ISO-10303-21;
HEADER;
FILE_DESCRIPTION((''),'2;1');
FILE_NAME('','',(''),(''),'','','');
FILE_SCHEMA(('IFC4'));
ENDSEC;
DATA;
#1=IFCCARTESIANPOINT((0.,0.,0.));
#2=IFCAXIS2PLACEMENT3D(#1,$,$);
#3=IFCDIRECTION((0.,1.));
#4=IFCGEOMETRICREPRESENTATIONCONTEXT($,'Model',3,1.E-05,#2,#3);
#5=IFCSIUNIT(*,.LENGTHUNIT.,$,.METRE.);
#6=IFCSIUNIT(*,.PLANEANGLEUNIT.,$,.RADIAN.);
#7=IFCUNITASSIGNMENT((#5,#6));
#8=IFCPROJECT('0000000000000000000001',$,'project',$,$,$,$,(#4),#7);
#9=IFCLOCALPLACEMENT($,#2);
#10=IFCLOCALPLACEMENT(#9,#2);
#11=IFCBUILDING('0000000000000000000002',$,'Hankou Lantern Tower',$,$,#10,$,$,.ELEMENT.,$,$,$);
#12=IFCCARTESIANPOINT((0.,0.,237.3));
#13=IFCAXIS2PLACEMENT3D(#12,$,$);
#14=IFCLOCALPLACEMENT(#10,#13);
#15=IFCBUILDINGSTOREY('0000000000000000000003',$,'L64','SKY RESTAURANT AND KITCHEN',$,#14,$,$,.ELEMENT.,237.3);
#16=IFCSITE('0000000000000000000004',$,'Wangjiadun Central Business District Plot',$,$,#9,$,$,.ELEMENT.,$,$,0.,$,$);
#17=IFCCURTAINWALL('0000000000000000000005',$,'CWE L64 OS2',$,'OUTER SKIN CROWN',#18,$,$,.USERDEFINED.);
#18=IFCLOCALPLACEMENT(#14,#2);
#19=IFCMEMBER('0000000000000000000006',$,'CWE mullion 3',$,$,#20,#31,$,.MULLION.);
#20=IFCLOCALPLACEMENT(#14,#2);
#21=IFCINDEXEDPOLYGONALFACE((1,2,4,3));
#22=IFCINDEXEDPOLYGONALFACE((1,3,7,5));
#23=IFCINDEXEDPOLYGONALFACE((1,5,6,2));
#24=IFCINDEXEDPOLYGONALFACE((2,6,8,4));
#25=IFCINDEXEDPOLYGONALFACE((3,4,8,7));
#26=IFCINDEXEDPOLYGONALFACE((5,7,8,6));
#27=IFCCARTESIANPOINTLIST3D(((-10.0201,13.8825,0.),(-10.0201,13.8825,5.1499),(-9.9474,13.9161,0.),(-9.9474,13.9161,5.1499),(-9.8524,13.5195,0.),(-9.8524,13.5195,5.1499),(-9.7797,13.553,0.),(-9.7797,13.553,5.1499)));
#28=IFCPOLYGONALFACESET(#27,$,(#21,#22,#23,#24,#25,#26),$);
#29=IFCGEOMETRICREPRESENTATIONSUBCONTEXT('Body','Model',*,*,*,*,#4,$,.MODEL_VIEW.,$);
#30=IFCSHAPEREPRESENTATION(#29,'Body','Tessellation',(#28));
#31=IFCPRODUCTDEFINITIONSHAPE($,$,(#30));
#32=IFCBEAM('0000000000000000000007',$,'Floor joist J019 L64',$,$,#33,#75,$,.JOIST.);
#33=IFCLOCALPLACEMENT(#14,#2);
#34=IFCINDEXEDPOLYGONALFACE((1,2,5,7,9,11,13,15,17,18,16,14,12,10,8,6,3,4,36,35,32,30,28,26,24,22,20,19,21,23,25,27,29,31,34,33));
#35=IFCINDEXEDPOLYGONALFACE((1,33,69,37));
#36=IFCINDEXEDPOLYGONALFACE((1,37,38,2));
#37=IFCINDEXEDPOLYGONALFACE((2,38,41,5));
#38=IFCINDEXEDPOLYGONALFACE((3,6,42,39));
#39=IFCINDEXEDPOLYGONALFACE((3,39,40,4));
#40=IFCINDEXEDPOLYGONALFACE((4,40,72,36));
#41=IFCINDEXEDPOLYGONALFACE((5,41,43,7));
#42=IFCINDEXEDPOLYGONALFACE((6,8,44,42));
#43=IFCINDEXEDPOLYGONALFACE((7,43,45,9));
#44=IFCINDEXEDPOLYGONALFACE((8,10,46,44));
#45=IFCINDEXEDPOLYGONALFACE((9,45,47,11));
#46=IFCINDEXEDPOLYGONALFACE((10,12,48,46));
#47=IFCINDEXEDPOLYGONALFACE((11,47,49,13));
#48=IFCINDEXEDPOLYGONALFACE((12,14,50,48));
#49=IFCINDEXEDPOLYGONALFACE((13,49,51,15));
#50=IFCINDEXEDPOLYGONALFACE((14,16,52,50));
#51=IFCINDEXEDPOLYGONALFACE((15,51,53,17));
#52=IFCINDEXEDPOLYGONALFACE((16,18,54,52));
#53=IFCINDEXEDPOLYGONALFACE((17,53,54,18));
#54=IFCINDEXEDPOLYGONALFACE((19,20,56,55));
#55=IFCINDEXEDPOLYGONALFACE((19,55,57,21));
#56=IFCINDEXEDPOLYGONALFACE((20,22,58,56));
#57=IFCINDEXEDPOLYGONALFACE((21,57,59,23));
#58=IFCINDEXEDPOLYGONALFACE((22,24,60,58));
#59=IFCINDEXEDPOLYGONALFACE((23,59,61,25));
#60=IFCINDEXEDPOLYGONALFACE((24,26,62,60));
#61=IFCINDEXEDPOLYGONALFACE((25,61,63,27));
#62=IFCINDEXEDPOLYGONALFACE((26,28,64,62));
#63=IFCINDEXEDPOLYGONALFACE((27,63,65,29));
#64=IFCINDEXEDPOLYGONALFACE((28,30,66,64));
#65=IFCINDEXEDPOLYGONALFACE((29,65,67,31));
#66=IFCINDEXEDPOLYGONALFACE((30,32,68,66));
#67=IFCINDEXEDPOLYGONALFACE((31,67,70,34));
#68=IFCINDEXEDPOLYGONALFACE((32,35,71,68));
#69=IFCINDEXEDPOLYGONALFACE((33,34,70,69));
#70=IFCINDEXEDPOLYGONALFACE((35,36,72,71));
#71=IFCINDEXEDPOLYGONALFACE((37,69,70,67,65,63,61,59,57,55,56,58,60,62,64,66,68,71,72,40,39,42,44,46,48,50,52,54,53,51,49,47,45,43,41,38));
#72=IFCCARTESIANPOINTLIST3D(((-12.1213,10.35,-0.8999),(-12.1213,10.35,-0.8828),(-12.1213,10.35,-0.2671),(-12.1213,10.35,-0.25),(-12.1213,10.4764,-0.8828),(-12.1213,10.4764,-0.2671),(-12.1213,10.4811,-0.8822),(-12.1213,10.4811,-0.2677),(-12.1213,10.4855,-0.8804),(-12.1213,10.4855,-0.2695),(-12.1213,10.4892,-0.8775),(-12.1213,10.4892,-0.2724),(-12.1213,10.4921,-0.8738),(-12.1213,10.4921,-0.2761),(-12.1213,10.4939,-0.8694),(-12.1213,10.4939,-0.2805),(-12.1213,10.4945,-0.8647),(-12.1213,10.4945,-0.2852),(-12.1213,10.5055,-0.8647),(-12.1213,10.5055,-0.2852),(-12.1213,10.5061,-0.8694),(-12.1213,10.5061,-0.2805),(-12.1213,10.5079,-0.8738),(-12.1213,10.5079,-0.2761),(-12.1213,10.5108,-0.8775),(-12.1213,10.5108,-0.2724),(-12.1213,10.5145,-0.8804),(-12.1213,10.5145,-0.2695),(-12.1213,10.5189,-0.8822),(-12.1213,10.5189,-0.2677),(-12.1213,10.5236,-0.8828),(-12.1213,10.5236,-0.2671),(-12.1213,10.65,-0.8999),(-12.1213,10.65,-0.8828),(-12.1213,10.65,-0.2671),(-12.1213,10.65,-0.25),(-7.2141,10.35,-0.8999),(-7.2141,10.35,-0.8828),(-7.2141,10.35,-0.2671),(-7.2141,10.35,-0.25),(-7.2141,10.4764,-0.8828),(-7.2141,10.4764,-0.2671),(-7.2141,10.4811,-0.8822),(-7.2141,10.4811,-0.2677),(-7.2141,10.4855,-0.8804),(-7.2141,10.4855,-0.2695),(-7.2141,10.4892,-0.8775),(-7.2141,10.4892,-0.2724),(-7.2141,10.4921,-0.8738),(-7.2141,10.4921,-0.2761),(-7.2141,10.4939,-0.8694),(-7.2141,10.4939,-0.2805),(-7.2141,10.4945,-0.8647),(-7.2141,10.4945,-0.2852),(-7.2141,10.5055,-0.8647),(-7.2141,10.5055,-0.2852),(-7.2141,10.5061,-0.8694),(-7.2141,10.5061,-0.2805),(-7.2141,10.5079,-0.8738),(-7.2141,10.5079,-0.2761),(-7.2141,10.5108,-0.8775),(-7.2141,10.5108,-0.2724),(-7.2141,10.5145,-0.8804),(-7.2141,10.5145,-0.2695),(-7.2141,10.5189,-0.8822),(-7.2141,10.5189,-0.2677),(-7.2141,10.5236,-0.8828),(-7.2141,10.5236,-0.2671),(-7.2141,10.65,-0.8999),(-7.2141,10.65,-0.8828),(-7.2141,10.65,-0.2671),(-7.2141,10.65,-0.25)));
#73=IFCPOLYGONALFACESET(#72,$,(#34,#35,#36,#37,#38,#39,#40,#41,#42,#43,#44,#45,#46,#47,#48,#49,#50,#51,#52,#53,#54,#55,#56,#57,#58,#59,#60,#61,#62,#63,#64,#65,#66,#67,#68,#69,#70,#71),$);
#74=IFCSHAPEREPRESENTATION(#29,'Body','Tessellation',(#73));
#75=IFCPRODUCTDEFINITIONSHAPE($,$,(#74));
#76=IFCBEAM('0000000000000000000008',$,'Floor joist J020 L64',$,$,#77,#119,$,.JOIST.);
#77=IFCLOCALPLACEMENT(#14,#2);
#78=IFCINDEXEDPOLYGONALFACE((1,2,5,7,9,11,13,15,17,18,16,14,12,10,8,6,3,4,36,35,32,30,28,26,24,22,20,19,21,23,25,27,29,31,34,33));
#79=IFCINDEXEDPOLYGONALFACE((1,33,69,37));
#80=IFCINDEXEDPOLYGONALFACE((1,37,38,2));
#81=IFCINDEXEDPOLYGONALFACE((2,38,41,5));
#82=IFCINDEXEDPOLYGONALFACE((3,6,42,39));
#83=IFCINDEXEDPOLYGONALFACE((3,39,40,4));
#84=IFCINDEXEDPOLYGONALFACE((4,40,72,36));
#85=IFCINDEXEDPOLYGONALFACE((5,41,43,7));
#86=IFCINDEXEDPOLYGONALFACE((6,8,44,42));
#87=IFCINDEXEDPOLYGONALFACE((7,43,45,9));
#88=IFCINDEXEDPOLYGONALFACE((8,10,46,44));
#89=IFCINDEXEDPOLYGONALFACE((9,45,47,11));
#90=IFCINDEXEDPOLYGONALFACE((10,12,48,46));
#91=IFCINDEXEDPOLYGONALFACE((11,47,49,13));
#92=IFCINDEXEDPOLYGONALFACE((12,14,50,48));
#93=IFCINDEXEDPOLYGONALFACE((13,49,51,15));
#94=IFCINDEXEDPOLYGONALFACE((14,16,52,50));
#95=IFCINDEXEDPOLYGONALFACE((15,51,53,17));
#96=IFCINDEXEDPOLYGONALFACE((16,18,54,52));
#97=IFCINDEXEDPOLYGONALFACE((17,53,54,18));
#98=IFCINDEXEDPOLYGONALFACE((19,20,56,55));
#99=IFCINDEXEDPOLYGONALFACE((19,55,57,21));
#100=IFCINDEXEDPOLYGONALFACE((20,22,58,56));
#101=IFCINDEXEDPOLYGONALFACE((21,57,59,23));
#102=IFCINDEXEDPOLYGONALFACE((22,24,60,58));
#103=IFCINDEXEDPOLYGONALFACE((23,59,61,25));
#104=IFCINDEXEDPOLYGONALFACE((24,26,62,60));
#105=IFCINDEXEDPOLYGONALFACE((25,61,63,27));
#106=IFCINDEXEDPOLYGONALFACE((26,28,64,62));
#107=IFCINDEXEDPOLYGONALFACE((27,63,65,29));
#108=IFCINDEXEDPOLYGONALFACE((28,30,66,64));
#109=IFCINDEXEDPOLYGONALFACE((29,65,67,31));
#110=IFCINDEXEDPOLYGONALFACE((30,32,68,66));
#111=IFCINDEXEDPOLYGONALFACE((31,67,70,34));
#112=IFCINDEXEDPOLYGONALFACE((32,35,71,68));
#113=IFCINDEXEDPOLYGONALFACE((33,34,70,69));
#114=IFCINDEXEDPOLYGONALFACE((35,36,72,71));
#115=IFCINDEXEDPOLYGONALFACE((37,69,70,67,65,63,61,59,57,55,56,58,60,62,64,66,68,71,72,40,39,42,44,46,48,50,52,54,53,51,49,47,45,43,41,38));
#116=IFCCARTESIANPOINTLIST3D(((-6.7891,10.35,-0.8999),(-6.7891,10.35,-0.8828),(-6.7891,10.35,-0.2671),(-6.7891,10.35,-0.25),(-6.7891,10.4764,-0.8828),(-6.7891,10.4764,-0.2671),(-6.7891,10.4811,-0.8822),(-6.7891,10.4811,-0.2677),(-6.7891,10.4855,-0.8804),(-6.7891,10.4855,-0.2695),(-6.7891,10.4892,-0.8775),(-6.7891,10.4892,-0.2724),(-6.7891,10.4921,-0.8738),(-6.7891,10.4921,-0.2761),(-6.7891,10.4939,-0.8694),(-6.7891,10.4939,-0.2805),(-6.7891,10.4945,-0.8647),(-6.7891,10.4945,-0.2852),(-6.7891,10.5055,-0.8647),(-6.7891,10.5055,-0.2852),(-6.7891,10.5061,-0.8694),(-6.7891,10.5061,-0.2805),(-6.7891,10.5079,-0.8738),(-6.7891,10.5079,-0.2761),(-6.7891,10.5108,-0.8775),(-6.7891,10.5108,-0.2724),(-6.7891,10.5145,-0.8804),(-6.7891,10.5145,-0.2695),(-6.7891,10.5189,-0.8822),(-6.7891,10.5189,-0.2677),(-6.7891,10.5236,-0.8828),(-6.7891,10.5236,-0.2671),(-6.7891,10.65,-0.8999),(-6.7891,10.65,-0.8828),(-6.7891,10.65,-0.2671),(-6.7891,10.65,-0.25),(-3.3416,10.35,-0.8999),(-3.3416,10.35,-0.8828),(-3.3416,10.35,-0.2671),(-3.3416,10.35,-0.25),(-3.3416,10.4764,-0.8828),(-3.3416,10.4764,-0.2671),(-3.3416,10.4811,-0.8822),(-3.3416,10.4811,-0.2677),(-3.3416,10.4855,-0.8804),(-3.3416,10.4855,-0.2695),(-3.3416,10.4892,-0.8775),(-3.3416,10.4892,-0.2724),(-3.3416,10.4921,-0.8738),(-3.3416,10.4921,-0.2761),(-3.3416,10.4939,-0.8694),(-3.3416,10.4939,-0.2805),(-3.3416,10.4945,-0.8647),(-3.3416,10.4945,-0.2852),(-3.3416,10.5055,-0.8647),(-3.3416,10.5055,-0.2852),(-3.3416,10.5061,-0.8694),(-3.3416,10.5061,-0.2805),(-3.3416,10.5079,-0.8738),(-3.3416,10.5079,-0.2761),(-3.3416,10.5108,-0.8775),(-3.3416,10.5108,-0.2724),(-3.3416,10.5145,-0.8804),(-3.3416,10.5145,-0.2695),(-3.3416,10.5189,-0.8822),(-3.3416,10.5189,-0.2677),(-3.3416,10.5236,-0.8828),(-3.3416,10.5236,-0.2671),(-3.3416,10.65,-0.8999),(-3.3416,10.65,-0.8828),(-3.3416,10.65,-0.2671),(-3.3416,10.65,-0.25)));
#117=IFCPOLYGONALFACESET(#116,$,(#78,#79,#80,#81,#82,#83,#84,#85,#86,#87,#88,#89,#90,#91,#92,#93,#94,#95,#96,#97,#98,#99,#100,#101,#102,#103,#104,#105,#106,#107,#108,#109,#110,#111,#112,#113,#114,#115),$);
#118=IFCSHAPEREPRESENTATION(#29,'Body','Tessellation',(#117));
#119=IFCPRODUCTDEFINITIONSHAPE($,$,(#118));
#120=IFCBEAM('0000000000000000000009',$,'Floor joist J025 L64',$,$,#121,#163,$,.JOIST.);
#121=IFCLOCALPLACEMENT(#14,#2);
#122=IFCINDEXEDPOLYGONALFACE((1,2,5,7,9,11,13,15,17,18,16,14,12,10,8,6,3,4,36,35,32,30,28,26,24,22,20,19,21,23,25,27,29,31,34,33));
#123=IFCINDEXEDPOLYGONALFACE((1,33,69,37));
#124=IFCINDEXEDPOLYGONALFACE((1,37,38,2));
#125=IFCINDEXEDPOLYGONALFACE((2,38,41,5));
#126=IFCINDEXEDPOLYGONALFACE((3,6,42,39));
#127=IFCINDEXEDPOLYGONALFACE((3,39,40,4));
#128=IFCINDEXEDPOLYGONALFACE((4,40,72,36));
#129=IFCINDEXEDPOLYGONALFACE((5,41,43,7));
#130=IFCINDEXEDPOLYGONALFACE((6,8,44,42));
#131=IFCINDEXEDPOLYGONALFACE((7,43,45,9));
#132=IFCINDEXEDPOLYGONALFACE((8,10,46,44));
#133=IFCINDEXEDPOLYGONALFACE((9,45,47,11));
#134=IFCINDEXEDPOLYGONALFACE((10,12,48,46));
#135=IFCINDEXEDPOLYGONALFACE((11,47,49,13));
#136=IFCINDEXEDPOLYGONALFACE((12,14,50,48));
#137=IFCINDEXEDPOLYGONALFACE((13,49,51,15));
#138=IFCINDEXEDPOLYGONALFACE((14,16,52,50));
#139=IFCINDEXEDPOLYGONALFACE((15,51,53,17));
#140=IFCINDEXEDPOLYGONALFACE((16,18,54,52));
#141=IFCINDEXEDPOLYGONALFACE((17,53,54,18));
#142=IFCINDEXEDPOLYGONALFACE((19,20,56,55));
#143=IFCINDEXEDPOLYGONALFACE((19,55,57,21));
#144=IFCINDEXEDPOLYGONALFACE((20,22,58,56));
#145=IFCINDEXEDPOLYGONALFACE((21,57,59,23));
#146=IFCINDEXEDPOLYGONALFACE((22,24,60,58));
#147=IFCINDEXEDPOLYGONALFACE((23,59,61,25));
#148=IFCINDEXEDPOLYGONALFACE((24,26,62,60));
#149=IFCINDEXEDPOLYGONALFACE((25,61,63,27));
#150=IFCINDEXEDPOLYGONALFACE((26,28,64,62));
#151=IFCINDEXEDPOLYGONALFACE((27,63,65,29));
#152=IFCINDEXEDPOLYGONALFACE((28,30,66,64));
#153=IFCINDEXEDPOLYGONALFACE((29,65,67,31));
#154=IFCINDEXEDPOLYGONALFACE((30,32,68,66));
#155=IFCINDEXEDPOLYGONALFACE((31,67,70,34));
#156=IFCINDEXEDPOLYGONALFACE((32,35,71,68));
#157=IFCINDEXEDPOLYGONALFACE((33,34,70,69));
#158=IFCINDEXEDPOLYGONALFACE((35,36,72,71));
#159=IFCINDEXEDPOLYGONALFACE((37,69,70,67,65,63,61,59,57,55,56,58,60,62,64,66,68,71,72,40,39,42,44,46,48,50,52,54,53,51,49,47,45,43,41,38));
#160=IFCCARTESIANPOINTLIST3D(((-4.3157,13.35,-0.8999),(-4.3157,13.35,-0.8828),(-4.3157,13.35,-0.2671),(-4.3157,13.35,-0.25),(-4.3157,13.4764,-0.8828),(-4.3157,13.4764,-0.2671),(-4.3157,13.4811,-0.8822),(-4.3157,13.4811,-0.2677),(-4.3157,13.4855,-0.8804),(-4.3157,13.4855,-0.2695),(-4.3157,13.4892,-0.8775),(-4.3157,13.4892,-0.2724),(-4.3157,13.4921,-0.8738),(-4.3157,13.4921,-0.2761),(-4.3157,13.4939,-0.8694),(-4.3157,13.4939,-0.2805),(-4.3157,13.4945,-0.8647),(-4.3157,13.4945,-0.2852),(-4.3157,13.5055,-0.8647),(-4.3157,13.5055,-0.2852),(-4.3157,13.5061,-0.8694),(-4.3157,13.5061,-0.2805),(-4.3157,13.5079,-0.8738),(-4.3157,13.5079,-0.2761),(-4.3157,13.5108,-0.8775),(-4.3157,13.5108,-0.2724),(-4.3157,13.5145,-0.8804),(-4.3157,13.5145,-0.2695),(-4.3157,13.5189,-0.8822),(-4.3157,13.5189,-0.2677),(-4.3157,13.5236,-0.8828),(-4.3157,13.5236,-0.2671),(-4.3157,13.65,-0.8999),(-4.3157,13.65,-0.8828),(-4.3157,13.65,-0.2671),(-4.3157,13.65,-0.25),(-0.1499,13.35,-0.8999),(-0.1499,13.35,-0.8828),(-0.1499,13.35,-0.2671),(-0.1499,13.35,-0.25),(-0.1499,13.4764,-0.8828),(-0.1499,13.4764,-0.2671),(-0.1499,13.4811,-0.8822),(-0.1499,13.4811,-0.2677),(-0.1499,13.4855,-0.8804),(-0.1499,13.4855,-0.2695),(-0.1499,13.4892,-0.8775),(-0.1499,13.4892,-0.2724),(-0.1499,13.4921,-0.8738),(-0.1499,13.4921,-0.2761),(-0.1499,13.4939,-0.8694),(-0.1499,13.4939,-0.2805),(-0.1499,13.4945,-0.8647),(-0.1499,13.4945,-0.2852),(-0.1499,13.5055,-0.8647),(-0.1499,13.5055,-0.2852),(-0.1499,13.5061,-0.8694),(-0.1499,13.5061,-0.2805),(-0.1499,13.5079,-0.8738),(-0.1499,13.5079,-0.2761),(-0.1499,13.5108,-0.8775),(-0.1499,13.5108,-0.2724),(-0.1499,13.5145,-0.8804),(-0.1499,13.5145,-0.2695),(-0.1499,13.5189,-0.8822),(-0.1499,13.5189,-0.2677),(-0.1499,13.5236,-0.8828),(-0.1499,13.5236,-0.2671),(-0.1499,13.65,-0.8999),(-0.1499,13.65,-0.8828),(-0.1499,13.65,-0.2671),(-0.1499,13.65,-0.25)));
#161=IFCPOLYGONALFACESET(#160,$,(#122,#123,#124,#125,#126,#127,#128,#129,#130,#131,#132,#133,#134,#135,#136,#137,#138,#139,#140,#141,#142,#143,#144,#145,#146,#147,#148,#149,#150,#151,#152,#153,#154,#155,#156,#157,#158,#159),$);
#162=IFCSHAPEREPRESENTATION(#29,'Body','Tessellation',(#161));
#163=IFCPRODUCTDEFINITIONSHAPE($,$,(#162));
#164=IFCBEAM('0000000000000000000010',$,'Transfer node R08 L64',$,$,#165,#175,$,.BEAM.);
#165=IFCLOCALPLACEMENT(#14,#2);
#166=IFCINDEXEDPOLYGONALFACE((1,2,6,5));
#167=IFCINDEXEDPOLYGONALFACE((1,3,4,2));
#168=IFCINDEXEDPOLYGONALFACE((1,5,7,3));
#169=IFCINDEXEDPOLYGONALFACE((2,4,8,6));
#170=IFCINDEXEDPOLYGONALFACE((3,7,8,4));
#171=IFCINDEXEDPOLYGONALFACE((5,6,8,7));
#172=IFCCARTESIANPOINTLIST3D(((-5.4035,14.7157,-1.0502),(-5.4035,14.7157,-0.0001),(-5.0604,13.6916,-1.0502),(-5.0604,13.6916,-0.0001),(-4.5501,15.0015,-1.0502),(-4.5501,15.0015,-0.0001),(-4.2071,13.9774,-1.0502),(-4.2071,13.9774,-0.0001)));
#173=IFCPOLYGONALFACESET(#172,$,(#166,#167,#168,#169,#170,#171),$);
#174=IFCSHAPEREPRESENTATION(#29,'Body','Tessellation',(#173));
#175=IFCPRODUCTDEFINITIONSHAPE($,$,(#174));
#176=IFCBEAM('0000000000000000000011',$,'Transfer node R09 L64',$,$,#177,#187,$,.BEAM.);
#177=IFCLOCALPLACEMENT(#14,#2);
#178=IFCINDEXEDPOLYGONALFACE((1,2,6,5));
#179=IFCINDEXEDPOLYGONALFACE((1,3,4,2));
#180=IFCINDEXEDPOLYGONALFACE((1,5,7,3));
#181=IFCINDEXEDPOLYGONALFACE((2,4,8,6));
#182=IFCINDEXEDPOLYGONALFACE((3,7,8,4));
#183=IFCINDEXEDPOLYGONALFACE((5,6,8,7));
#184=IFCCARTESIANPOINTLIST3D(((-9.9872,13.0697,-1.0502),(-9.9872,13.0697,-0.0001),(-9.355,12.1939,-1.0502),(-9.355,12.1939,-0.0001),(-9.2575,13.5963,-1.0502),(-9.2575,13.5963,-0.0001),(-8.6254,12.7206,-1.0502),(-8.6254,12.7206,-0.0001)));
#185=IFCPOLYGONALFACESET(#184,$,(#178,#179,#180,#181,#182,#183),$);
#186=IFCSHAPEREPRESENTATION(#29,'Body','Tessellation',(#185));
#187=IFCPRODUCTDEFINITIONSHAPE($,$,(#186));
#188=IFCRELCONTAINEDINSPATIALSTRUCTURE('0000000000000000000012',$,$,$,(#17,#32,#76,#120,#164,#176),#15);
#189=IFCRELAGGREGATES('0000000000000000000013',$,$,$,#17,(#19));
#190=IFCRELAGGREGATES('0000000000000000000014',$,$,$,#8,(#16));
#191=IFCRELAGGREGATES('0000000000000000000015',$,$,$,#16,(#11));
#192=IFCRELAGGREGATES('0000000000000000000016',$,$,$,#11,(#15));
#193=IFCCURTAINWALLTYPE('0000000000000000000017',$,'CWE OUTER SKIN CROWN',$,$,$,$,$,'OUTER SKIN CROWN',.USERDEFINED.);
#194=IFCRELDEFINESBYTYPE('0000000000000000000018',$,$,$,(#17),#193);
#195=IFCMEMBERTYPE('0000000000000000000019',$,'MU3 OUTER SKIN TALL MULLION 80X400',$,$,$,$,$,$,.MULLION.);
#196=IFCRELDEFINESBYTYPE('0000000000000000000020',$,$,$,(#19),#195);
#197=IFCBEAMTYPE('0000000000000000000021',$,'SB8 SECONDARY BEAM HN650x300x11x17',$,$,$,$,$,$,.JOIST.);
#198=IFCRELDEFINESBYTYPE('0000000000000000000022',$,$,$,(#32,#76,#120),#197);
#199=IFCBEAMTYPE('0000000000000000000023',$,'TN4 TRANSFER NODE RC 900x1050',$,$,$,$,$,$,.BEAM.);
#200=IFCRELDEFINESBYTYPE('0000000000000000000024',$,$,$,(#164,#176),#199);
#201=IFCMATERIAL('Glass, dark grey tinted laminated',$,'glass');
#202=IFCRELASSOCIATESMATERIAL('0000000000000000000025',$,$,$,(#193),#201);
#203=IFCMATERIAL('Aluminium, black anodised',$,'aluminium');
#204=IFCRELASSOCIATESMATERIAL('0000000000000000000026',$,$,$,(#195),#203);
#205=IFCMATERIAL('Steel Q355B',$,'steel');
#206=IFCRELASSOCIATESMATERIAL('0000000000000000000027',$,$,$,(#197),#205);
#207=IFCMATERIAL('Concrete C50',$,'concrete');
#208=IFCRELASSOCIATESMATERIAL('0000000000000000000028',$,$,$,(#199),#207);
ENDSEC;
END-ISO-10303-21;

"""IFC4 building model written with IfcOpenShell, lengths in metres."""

from ifc_helpers import new_model, si_unit, direction, frame, origin, origin_2d, place, context, subcontext, project, spatial, rectangle, i_section, extrude, material, material_profile, profile_set, type_object, element, aggregate, save


model = new_model("IFC4")

# Units and contexts
model_context = context("Model", 3, precision=1e-05, world=origin(), true_north=direction((0.0, 1.0)))
body_context = subcontext(model_context, "Body", "Model", "MODEL_VIEW")
ifc_project = project(units=[si_unit("LENGTHUNIT", "METRE"), si_unit("PLANEANGLEUNIT", "RADIAN")], contexts=[model_context])

# Site, building, storey
site_placement = place(None, origin())
site = spatial("IfcSite", under=ifc_project, at=site_placement, Name="Wangjiadun Central Business District Plot", CompositionType="ELEMENT", RefElevation=0.0)
building_placement = place(site_placement, origin())
building = spatial("IfcBuilding", under=site, at=building_placement, Name="Hankou Lantern Tower", CompositionType="ELEMENT")
storey_placement = place(building_placement, frame((0.0, 0.0, 237.3)))
storey = spatial("IfcBuildingStorey", under=building, at=storey_placement, Name="L64", Description="SKY RESTAURANT AND KITCHEN", CompositionType="ELEMENT", Elevation=237.3)

# Curtain wall, member
ifc_material_1 = material(Name="Glass, dark grey tinted laminated", Category="glass")
curtain_wall_type = type_object("IfcCurtainWallType", Name="CWE OUTER SKIN CROWN", ElementType="OUTER SKIN CROWN", PredefinedType="USERDEFINED", material=ifc_material_1)
curtain_wall_placement = place(storey_placement, origin())
curtain_wall = element("IfcCurtainWall", 1, at=curtain_wall_placement, inside=storey, type_object=curtain_wall_type, Name="CWE L64 OS2", ObjectType="OUTER SKIN CROWN", PredefinedType="USERDEFINED")
ifc_material_2 = material(Name="Aluminium, black anodised", Category="aluminium")
ifc_material_profile_1 = material_profile(ifc_material_2, rectangle(XDim=0.0801, YDim=0.3999, at=origin_2d()), Name="MU3 80X400")
ifc_profile_set_1 = profile_set([ifc_material_profile_1], Name="Aluminium, black anodised")
member_type_1 = type_object("IfcMemberType", Name="MU3 OUTER SKIN TALL MULLION 80X400", PredefinedType="MULLION", material=ifc_profile_set_1)
member_1_placement = place(storey_placement, frame((-9.8999, 13.7178, 0.0), z_axis=(0.0, 0.0, 1.0), x_axis=(-0.907841, -0.419314, 0.0)))
member_1 = element("IfcMember", 2, at=member_1_placement, type_object=member_type_1, Name="CWE mullion 3", PredefinedType="MULLION", context=body_context, shape_type="SweptSolid", body=[
    extrude(rectangle(XDim=0.0801, YDim=0.3999, at=origin_2d()), origin(), (0.0, 0.0, 1.0), 5.1499),
])

# Beams
ifc_material_3 = material(Name="Steel Q355B", Category="steel")
ifc_material_profile_2 = material_profile(ifc_material_3, i_section(OverallWidth=0.3, OverallDepth=0.6499, WebThickness=0.011, FlangeThickness=0.0171, FilletRadius=0.0181, at=origin_2d()), Name="HN650x300x11x17")
ifc_profile_set_2 = profile_set([ifc_material_profile_2], Name="Steel Q355B")
beam_type_1 = type_object("IfcBeamType", Name="SB8 SECONDARY BEAM HN650x300x11x17", PredefinedType="JOIST", material=ifc_profile_set_2)
beam_1_placement = place(storey_placement, frame((-12.1213, 10.5, -0.575), z_axis=(1.0, 0.0, 0.0), x_axis=(0.0, 1.0, 0.0)))
element("IfcBeam", 3, at=beam_1_placement, inside=storey, type_object=beam_type_1, Name="Floor joist J019 L64", PredefinedType="JOIST", context=body_context, shape_type="SweptSolid", body=[
    extrude(i_section(OverallWidth=0.3, OverallDepth=0.6499, WebThickness=0.011, FlangeThickness=0.0171, FilletRadius=0.0181, at=origin_2d()), origin(), (0.0, 0.0, 1.0), 4.9072),
])
beam_2_placement = place(storey_placement, frame((-6.7891, 10.5, -0.575), z_axis=(1.0, 0.0, 0.0), x_axis=(0.0, 1.0, 0.0)))
element("IfcBeam", 4, at=beam_2_placement, inside=storey, type_object=beam_type_1, Name="Floor joist J020 L64", PredefinedType="JOIST", context=body_context, shape_type="SweptSolid", body=[
    extrude(i_section(OverallWidth=0.3, OverallDepth=0.6499, WebThickness=0.011, FlangeThickness=0.0171, FilletRadius=0.0181, at=origin_2d()), origin(), (0.0, 0.0, 1.0), 3.4475),
])
beam_3_placement = place(storey_placement, frame((-4.3157, 13.5, -0.575), z_axis=(1.0, 0.0, 0.0), x_axis=(0.0, 1.0, 0.0)))
element("IfcBeam", 5, at=beam_3_placement, inside=storey, type_object=beam_type_1, Name="Floor joist J025 L64", PredefinedType="JOIST", context=body_context, shape_type="SweptSolid", body=[
    extrude(i_section(OverallWidth=0.3, OverallDepth=0.6499, WebThickness=0.011, FlangeThickness=0.0171, FilletRadius=0.0181, at=origin_2d()), origin(), (0.0, 0.0, 1.0), 4.1658),
])
ifc_material_4 = material(Name="Concrete C50", Category="concrete")
ifc_material_profile_3 = material_profile(ifc_material_4, rectangle(XDim=0.8999, YDim=1.05, at=origin_2d()), Name="RC 900x1050")
ifc_profile_set_3 = profile_set([ifc_material_profile_3], Name="Concrete C50")
beam_type_2 = type_object("IfcBeamType", Name="TN4 TRANSFER NODE RC 900x1050", PredefinedType="BEAM", material=ifc_profile_set_3)
for number, where, z_axis, x_axis, name in (
    (6, (-4.9768, 14.8586, -0.5251), (0.317584, -0.94823, 0.0), (0.94823, 0.317584, 0.0), "Transfer node R08 L64"),
    (7, (-9.6223, 13.333, -0.5251), (0.585251, -0.810852, 0.0), (0.810852, 0.585251, 0.0), "Transfer node R09 L64"),
):
    element("IfcBeam", number, at=place(storey_placement, frame(where, z_axis=z_axis, x_axis=x_axis)), inside=storey, type_object=beam_type_2, Name=name, PredefinedType="BEAM", context=body_context, shape_type="SweptSolid", body=[
        extrude(rectangle(XDim=0.8999, YDim=1.05, at=origin_2d()), origin(), (0.0, 0.0, 1.0), 1.0801),
    ])

aggregate(curtain_wall, [member_1])

save(model, "model.ifc")
